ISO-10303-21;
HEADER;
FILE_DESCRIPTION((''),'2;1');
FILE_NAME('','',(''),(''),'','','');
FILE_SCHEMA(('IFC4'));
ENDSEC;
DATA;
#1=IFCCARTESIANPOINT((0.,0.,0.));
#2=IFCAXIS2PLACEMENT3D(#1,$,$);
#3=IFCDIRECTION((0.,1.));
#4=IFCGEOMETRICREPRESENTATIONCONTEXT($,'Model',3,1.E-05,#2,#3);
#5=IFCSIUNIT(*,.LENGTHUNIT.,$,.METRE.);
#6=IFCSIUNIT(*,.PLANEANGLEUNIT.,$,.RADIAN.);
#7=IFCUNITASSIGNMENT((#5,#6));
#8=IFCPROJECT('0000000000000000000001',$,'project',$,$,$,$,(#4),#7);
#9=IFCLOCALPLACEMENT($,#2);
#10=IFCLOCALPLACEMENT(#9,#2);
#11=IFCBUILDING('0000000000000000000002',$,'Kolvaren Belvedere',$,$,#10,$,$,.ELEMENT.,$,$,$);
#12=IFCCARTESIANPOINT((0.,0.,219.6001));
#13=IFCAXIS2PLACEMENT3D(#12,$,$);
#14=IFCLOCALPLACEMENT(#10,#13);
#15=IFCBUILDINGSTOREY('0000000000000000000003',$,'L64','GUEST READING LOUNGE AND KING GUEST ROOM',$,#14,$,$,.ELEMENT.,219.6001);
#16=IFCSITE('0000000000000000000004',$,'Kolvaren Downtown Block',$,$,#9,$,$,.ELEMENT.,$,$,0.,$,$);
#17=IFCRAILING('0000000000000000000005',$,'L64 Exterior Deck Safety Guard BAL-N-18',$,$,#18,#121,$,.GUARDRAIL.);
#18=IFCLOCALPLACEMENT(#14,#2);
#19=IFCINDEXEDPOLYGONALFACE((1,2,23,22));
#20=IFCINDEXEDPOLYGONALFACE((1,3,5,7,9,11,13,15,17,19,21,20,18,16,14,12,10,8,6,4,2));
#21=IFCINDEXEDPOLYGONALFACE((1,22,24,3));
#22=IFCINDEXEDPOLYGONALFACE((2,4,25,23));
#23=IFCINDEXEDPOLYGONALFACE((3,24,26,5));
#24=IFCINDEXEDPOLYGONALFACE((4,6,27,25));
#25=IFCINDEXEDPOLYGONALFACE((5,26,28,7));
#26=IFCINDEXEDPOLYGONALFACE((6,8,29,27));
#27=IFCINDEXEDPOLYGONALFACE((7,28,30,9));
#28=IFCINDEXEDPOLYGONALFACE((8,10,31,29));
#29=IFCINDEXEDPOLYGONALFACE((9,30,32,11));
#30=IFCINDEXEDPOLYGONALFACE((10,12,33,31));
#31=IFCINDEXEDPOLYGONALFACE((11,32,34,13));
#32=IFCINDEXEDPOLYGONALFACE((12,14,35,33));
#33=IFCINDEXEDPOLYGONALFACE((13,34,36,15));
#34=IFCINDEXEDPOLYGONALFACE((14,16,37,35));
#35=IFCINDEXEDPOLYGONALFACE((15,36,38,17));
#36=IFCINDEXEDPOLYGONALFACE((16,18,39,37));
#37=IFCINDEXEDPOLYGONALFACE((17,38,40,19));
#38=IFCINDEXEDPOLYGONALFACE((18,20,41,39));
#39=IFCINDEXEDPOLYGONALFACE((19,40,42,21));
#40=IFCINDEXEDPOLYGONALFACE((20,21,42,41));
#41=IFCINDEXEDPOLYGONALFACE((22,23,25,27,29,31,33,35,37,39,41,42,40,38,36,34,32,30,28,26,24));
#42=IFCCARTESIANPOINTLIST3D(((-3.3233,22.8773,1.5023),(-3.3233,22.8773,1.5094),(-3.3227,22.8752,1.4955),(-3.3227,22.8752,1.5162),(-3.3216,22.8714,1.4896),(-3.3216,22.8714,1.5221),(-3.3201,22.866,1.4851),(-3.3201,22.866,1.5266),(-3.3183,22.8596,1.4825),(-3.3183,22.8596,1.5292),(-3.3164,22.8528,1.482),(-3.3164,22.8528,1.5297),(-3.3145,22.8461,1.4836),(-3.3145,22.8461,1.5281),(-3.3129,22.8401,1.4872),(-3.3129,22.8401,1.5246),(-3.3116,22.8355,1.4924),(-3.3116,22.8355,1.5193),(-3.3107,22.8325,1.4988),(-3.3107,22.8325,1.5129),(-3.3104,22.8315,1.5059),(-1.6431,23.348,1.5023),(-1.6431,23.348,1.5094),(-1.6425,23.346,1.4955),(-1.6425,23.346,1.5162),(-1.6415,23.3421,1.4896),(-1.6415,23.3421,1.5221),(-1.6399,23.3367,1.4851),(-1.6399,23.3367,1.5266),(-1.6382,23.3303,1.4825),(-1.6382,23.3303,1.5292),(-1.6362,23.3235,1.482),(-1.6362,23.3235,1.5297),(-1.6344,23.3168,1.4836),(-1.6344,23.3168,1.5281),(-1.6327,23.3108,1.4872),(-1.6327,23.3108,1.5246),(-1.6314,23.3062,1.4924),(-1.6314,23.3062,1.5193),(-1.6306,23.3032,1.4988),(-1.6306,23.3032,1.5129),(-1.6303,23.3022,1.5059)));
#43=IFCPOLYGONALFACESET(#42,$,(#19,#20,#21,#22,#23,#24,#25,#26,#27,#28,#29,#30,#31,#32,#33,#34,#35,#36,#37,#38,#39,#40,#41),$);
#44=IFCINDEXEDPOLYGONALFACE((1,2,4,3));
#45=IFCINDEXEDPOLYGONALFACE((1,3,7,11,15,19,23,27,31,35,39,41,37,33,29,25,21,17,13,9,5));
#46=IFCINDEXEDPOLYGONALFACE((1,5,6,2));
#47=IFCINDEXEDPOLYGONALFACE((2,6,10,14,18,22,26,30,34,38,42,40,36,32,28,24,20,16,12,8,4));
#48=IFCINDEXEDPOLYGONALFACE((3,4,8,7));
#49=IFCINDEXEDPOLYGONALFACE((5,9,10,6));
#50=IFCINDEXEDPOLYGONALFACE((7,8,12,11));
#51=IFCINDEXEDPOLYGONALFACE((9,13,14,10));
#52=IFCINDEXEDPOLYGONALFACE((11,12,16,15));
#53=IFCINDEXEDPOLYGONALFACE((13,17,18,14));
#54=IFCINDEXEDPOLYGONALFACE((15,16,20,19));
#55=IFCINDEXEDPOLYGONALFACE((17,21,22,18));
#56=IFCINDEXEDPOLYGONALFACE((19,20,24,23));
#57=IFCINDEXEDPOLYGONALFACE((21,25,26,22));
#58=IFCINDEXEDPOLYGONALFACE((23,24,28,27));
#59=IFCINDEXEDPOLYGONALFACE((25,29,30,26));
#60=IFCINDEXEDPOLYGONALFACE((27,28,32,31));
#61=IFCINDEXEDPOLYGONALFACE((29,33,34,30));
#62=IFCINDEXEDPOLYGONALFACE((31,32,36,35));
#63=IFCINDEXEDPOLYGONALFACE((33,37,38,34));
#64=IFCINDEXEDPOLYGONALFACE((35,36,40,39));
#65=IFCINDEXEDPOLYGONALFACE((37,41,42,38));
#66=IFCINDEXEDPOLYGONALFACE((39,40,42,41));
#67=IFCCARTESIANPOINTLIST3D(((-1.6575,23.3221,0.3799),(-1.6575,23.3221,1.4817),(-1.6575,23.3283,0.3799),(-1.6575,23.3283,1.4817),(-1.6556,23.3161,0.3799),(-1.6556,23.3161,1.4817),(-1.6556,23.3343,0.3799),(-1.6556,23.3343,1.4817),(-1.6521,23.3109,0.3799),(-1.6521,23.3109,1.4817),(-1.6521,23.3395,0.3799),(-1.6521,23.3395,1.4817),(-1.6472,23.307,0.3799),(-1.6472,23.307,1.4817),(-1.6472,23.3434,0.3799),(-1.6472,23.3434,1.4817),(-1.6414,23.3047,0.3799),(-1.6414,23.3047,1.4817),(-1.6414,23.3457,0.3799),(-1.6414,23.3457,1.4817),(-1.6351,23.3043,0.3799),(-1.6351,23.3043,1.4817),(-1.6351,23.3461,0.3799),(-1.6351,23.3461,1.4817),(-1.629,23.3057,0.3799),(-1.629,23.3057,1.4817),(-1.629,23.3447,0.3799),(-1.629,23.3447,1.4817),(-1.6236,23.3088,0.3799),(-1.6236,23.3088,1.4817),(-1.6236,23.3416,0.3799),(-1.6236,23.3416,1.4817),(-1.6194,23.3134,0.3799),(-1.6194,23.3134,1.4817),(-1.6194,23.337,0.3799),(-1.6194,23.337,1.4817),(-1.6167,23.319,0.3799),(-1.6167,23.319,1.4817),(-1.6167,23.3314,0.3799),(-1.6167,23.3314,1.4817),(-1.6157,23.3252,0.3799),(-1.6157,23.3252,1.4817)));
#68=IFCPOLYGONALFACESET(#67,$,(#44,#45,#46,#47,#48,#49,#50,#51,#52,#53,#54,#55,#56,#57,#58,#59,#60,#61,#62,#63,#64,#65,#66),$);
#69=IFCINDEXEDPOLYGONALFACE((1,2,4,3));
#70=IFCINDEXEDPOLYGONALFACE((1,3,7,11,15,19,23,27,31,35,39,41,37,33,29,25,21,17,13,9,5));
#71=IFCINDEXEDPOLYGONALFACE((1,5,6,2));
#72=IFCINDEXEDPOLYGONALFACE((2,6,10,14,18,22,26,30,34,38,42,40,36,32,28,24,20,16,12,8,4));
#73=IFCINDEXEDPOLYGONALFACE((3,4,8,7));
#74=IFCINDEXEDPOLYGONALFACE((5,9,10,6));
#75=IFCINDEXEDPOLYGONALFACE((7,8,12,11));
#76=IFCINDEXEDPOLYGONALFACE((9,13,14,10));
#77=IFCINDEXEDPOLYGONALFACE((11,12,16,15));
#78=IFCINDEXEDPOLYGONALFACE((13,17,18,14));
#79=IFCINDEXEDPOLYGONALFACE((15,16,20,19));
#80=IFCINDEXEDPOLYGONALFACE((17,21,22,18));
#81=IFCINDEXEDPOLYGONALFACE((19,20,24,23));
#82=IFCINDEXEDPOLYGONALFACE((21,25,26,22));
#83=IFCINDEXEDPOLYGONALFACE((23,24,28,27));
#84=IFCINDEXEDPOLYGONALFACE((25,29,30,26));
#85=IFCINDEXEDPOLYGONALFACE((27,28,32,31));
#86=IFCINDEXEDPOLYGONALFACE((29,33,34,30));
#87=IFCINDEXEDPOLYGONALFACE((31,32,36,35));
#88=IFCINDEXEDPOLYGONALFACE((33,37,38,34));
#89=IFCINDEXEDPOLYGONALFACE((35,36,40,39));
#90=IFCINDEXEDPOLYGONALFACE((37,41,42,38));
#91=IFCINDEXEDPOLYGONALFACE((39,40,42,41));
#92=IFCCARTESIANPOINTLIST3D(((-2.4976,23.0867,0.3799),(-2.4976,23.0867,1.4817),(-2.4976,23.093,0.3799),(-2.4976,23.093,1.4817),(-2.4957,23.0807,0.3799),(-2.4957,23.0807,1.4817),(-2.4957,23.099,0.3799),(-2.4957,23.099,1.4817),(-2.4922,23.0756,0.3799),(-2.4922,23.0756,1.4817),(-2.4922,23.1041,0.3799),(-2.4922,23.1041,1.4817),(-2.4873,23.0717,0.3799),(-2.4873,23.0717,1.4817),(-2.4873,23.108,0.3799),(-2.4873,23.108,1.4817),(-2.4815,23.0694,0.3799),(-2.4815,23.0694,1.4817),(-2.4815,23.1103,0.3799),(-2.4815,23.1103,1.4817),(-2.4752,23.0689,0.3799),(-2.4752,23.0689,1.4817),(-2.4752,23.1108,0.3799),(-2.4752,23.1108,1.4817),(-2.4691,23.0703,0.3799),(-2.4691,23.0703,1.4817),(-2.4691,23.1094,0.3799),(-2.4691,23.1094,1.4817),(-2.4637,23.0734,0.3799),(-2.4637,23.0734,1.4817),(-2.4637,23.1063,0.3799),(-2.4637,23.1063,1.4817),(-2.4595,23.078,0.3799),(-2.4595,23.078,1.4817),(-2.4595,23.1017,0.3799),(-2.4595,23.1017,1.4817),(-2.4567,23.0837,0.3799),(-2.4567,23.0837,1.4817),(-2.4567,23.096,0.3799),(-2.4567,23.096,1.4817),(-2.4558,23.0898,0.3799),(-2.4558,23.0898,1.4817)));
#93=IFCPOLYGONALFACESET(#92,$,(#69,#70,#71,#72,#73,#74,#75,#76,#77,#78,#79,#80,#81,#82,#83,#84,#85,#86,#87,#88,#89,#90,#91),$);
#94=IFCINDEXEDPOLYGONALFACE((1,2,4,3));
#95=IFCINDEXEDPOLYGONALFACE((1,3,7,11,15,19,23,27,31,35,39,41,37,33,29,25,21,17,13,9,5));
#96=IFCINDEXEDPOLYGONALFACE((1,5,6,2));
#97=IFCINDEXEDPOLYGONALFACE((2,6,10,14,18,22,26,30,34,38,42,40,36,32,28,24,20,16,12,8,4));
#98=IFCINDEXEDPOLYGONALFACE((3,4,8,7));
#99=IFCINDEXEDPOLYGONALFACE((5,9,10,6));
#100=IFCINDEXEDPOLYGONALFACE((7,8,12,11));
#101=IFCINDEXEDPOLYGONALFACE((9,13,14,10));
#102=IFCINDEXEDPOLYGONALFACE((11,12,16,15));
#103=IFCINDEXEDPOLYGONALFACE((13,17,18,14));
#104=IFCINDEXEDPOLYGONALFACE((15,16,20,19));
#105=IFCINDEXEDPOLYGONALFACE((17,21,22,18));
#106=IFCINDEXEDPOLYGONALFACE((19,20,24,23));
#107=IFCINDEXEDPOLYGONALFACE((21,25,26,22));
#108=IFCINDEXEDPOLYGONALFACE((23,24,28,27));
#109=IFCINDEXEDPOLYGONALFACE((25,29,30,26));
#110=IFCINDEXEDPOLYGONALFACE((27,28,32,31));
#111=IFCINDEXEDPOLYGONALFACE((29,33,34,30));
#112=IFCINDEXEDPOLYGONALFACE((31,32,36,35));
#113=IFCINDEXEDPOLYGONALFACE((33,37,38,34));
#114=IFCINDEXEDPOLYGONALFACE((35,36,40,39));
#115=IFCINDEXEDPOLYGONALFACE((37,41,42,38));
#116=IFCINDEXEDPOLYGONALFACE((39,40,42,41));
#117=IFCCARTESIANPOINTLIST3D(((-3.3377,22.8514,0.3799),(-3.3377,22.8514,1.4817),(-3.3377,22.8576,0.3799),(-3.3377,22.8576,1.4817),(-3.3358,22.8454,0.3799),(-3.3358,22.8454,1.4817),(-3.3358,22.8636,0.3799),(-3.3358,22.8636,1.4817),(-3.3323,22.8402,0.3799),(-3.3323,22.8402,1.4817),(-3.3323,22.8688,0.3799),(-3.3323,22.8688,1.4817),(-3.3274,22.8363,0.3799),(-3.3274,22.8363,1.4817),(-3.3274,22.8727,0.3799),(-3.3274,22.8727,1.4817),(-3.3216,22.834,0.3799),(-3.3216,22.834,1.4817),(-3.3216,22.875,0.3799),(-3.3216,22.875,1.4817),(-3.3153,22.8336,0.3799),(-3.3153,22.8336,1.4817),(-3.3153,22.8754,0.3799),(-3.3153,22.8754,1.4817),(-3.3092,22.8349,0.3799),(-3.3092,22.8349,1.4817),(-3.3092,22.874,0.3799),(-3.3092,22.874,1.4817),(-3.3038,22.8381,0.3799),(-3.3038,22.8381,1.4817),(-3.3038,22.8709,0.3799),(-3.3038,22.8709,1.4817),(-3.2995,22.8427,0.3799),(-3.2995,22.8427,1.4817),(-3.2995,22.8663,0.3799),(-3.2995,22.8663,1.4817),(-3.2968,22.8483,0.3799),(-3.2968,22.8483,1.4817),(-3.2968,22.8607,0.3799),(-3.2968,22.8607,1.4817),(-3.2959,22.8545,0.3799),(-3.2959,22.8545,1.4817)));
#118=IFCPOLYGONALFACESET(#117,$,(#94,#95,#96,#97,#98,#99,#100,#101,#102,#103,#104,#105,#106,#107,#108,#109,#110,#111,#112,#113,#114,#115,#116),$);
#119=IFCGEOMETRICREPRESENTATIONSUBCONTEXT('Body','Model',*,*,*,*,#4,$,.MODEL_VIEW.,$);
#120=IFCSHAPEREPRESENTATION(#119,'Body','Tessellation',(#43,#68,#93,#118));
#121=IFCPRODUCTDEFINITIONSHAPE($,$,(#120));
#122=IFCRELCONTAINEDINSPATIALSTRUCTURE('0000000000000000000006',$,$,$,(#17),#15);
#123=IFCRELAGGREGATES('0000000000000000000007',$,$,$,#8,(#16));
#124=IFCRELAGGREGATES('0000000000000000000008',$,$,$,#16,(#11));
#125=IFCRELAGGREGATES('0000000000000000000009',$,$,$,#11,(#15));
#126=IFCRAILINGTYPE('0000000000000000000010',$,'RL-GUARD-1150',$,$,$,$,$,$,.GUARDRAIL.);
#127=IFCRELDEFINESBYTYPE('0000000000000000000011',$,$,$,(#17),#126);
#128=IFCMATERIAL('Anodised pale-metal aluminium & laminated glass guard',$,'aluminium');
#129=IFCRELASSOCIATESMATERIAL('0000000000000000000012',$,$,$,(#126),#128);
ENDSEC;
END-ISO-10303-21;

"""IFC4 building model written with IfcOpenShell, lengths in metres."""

from ifc_helpers import new_model, si_unit, direction, frame, origin, origin_2d, place, context, subcontext, project, spatial, circle, extrude, material, type_object, element, save


model = new_model("IFC4")

# Units and contexts
model_context = context("Model", 3, precision=1e-05, world=origin(), true_north=direction((0.0, 1.0)))
body_context = subcontext(model_context, "Body", "Model", "MODEL_VIEW")
ifc_project = project(units=[si_unit("LENGTHUNIT", "METRE"), si_unit("PLANEANGLEUNIT", "RADIAN")], contexts=[model_context])

# Site, building, storey
site_placement = place(None, origin())
site = spatial("IfcSite", under=ifc_project, at=site_placement, Name="Kolvaren Downtown Block", CompositionType="ELEMENT", RefElevation=0.0)
building_placement = place(site_placement, origin())
building = spatial("IfcBuilding", under=site, at=building_placement, Name="Kolvaren Belvedere", CompositionType="ELEMENT")
storey_placement = place(building_placement, frame((0.0, 0.0, 219.6001)))
storey = spatial("IfcBuildingStorey", under=building, at=storey_placement, Name="L64", Description="GUEST READING LOUNGE AND KING GUEST ROOM", CompositionType="ELEMENT", Elevation=219.6001)

# Railing
ifc_material_1 = material(Name="Anodised pale-metal aluminium & laminated glass guard", Category="aluminium")
railing_type = type_object("IfcRailingType", Name="RL-GUARD-1150", PredefinedType="GUARDRAIL", material=ifc_material_1)
railing_1_placement = place(storey_placement, frame((-1.6367, 23.3252, 0.3799)))
element("IfcRailing", 1, at=railing_1_placement, inside=storey, type_object=railing_type, Name="L64 Exterior Deck Safety Guard BAL-N-18", PredefinedType="GUARDRAIL", context=body_context, shape_type="SweptSolid", body=[
    extrude(circle(Radius=0.0239, at=origin_2d()), frame((0.0, 0.0, 1.126), z_axis=(-0.962926, -0.269765, 0.0), x_axis=(0.269765, -0.962926, 0.0)), (0.0, 0.0, 1.0), 1.7449),
    extrude(circle(Radius=0.021, at=origin_2d()), origin(), (0.0, 0.0, 1.0), 1.1018),
    extrude(circle(Radius=0.021, at=origin_2d()), frame((-0.8401, -0.2354, 0.0)), (0.0, 0.0, 1.0), 1.1018),
    extrude(circle(Radius=0.021, at=origin_2d()), frame((-1.6802, -0.4707, 0.0)), (0.0, 0.0, 1.0), 1.1018),
])

save(model, "model.ifc")
